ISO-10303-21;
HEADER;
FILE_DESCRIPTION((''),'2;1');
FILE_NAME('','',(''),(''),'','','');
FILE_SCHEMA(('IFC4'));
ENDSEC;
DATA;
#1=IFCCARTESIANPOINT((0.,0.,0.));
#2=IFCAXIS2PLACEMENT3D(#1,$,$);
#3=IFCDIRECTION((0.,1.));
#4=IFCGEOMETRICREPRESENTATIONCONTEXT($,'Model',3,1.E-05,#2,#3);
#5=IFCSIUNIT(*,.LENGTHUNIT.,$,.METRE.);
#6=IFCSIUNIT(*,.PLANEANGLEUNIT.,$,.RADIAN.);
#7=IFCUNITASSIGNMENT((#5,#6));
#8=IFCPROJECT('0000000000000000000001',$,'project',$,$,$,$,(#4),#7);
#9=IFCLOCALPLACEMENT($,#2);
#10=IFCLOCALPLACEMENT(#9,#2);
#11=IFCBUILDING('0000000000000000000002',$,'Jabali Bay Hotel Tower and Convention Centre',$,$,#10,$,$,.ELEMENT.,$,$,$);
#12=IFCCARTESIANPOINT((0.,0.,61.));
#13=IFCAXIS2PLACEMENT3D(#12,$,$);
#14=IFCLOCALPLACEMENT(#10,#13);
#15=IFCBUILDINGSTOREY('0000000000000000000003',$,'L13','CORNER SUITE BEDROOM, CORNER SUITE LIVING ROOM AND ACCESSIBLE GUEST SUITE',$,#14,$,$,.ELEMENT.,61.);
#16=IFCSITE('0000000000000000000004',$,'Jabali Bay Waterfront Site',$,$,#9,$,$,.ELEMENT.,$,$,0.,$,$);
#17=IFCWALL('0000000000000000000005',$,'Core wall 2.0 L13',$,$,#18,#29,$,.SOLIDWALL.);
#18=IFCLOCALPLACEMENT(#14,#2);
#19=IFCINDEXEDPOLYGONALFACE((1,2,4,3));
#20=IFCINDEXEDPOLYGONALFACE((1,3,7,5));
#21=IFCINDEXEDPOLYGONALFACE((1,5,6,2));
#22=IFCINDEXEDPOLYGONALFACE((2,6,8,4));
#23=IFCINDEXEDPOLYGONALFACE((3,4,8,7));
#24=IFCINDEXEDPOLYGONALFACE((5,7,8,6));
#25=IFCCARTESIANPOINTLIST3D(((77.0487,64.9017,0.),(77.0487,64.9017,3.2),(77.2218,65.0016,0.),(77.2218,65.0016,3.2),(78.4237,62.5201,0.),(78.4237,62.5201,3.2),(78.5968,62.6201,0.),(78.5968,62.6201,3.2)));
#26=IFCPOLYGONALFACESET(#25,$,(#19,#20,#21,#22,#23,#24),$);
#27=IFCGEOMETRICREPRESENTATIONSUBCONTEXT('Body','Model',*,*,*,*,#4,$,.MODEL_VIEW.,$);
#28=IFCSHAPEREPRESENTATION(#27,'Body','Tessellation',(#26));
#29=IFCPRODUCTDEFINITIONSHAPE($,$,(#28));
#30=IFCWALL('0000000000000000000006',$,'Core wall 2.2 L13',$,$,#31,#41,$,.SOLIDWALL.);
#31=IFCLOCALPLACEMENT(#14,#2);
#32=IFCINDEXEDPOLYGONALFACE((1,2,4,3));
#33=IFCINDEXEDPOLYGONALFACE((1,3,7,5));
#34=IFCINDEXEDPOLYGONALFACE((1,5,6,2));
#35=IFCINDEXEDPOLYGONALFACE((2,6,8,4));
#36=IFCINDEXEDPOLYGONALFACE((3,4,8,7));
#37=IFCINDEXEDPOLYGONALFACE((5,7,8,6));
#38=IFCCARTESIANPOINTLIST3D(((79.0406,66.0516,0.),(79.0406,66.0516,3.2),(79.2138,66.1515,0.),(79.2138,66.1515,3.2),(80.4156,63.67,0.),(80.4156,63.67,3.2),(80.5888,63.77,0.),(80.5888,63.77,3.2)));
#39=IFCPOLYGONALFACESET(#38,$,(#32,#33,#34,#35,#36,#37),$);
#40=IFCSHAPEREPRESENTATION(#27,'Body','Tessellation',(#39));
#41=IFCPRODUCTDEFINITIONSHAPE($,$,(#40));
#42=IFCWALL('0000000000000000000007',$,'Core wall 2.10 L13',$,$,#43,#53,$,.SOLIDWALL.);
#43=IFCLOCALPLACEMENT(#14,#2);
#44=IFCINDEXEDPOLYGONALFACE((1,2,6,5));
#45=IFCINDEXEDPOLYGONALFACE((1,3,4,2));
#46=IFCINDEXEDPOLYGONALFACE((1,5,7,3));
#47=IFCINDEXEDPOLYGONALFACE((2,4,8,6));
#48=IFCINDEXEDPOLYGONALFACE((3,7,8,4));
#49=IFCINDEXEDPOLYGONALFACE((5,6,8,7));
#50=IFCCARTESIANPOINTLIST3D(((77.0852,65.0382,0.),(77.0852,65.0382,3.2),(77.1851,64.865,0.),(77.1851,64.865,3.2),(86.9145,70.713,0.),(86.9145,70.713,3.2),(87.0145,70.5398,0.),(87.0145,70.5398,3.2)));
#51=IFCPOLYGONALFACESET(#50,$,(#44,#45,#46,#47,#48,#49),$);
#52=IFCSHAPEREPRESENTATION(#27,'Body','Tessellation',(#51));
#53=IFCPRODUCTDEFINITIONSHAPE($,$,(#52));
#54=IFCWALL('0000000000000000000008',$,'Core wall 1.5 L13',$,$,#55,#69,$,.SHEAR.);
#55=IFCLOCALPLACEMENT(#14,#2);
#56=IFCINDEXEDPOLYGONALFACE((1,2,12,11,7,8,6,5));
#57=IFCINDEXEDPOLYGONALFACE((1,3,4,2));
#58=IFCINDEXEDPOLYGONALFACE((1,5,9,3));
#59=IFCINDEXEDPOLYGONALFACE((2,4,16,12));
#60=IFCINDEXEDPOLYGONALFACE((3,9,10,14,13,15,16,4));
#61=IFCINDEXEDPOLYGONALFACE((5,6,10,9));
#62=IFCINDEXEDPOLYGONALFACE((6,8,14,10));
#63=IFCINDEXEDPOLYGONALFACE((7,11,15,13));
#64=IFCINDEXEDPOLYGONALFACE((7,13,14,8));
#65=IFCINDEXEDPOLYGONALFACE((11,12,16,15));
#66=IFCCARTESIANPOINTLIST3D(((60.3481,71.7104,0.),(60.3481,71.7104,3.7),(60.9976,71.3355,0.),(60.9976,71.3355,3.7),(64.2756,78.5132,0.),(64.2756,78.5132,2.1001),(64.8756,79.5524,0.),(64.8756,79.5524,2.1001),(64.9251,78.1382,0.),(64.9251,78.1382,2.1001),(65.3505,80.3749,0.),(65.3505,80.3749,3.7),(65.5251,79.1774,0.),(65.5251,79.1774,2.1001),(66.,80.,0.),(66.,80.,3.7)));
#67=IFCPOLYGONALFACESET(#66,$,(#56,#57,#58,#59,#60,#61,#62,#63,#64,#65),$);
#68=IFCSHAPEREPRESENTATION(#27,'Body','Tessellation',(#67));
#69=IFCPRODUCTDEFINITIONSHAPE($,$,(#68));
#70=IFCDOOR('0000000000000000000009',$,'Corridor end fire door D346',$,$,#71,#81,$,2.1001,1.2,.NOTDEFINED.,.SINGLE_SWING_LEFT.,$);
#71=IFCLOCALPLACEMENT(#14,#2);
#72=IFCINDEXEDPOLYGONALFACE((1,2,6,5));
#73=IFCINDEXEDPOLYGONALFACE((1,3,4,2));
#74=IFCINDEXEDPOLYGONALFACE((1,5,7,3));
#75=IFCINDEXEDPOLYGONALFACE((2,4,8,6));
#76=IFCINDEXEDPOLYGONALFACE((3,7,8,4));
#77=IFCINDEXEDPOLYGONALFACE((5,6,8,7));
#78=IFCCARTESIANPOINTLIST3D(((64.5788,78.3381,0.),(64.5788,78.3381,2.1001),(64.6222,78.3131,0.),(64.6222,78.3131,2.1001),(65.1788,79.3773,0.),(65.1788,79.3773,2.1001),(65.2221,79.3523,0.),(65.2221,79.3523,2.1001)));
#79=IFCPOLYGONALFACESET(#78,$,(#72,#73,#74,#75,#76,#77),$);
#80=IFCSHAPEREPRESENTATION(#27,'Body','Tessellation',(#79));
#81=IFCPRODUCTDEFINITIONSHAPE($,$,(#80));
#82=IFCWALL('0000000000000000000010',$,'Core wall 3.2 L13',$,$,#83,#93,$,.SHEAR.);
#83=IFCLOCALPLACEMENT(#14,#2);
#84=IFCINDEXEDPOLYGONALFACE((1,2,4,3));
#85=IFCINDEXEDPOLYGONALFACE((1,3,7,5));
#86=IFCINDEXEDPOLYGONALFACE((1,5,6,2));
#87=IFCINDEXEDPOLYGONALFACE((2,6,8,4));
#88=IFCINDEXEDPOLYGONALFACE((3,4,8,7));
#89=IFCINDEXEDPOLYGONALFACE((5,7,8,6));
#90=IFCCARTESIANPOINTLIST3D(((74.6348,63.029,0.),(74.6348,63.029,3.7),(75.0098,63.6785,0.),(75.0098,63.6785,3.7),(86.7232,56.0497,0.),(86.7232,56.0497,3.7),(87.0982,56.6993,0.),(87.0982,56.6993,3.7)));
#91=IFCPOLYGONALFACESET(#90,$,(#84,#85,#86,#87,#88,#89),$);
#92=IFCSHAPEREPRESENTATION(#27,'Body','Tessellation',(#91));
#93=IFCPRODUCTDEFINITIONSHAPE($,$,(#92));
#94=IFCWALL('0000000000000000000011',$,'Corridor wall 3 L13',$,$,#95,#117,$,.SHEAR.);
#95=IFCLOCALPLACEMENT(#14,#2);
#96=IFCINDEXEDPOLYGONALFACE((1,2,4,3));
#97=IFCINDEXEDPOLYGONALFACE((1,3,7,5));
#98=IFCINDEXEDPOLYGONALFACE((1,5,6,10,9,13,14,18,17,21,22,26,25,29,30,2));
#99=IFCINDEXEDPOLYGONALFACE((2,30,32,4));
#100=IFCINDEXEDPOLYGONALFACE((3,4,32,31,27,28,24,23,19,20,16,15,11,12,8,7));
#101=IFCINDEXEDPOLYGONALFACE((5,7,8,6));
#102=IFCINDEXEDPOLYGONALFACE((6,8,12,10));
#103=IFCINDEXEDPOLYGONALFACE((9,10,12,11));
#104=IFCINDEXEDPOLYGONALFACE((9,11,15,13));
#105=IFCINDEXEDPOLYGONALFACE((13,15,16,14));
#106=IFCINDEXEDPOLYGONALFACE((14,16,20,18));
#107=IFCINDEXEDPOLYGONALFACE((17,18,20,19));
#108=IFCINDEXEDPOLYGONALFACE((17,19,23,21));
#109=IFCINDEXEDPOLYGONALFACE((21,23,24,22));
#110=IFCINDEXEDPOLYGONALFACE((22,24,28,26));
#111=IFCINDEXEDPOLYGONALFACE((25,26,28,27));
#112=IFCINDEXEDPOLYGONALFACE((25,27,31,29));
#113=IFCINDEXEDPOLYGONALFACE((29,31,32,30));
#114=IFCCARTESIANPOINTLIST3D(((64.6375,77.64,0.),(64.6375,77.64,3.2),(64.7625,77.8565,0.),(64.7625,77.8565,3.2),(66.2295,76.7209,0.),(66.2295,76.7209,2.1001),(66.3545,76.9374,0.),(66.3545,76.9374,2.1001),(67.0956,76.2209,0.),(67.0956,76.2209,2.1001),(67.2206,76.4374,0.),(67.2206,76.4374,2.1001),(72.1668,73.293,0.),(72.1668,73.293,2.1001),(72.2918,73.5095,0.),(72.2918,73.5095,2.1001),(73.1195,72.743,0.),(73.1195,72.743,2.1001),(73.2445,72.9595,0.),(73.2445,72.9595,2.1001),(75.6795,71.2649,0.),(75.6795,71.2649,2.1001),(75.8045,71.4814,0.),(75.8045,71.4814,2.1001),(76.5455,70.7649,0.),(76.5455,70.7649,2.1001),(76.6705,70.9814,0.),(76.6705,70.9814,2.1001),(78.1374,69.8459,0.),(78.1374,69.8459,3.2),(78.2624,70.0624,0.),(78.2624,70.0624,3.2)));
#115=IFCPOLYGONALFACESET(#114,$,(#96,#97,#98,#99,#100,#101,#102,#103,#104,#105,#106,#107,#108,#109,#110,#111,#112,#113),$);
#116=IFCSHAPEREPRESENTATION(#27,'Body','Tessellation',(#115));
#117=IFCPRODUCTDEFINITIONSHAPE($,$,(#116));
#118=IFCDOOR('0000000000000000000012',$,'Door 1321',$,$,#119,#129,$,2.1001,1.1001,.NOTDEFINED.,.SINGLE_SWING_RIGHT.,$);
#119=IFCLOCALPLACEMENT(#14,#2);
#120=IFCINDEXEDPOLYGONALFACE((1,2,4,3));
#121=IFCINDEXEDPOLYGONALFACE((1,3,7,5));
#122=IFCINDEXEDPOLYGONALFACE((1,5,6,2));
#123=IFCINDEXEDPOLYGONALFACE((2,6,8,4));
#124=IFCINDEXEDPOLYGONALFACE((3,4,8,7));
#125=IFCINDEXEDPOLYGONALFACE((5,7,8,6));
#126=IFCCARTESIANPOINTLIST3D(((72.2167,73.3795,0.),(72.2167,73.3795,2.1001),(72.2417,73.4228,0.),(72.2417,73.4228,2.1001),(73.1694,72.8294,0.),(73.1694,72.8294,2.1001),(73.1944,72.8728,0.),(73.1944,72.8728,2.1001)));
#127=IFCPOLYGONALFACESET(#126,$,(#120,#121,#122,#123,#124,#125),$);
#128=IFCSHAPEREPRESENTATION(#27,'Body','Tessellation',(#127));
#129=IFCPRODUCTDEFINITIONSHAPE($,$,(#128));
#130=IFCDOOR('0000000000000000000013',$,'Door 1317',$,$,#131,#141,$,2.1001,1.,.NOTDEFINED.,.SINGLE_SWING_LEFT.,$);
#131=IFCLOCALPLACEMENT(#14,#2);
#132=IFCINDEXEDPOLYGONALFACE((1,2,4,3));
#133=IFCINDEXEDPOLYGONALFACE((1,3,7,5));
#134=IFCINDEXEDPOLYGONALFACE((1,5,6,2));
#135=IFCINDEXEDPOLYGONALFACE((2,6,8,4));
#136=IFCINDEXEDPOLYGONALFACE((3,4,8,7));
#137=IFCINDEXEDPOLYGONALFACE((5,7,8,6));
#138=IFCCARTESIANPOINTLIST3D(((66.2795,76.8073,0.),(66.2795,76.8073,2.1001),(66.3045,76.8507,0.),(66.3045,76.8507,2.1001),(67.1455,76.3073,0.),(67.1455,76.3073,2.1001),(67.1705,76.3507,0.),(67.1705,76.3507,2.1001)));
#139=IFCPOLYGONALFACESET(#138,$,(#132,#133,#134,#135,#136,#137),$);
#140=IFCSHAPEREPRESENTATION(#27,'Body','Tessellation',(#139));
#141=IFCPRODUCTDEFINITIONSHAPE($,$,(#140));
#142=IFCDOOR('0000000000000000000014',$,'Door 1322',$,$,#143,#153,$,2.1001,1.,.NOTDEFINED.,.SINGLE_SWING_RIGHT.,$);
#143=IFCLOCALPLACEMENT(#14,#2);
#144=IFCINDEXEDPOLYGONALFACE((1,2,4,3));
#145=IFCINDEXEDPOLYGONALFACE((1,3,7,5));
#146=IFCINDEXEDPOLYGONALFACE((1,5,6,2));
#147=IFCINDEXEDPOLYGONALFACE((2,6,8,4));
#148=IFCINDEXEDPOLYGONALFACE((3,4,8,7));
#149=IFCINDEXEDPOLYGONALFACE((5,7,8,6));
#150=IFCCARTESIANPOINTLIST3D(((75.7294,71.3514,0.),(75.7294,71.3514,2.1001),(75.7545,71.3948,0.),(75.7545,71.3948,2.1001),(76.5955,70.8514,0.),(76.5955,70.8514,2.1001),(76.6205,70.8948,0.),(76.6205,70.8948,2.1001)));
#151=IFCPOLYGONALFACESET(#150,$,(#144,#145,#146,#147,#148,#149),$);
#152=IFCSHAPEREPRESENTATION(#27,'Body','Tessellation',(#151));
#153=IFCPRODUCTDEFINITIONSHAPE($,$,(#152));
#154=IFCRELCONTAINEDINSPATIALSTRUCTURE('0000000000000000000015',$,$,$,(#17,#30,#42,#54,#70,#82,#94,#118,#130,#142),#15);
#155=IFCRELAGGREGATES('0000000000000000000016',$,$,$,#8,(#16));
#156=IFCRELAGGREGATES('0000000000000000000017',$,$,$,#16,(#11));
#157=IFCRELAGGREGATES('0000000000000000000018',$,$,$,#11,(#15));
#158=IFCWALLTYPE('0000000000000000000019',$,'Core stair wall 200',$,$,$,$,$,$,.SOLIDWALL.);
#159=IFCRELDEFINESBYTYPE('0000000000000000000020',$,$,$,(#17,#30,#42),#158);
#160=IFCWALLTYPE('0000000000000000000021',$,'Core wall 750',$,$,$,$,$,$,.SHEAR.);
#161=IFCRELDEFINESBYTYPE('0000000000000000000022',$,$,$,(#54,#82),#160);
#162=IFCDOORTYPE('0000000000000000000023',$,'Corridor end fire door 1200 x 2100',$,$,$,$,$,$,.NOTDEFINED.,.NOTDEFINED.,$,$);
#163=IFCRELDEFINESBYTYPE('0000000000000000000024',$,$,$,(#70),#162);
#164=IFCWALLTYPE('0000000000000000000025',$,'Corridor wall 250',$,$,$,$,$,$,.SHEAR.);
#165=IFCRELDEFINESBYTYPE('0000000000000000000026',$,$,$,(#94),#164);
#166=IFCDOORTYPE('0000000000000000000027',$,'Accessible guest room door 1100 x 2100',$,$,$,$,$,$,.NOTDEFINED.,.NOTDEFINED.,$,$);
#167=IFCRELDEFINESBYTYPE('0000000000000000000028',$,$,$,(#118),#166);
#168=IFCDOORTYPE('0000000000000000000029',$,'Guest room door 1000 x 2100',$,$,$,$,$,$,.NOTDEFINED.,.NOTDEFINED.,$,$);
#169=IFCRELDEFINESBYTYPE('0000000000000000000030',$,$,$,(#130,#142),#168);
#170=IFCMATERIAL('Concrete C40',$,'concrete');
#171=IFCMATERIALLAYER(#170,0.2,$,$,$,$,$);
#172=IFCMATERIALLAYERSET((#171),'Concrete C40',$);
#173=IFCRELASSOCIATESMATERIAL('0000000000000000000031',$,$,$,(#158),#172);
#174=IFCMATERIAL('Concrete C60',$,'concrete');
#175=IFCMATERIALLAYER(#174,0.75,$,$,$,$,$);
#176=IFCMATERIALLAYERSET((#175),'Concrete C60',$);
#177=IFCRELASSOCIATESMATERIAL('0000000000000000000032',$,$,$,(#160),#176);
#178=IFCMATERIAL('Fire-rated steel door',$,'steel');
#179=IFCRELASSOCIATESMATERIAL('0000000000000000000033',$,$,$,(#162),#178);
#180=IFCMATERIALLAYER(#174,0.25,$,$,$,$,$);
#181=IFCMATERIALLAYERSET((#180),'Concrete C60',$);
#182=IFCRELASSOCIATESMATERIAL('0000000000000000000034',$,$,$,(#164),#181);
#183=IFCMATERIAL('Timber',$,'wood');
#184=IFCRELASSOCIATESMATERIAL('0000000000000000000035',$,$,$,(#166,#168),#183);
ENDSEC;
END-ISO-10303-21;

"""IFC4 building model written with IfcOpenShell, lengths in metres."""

from ifc_helpers import new_model, si_unit, direction, frame, frame_2d, origin, place, context, subcontext, project, spatial, rectangle, extrude, material, layer, layer_set, type_object, element, fill, save


model = new_model("IFC4")

# Units and contexts
model_context = context("Model", 3, precision=1e-05, world=origin(), true_north=direction((0.0, 1.0)))
body_context = subcontext(model_context, "Body", "Model", "MODEL_VIEW")
ifc_project = project(units=[si_unit("LENGTHUNIT", "METRE"), si_unit("PLANEANGLEUNIT", "RADIAN")], contexts=[model_context])

# Site, building, storey
site_placement = place(None, origin())
site = spatial("IfcSite", under=ifc_project, at=site_placement, Name="Jabali Bay Waterfront Site", CompositionType="ELEMENT", RefElevation=0.0)
building_placement = place(site_placement, origin())
building = spatial("IfcBuilding", under=site, at=building_placement, Name="Jabali Bay Hotel Tower and Convention Centre", CompositionType="ELEMENT")
storey_placement = place(building_placement, frame((0.0, 0.0, 61.0)))
storey = spatial("IfcBuildingStorey", under=building, at=storey_placement, Name="L13", Description="CORNER SUITE BEDROOM, CORNER SUITE LIVING ROOM AND ACCESSIBLE GUEST SUITE", CompositionType="ELEMENT", Elevation=61.0)

# Shared definitions
ifc_material_1 = material(Name="Concrete C40", Category="concrete")
ifc_material_2 = material(Name="Fire-rated steel door", Category="steel")

# Shared definitions
ifc_layer_1 = layer(ifc_material_1, 0.2)
ifc_layer_set_1 = layer_set([ifc_layer_1], Name="Concrete C40")
wall_type_1 = type_object("IfcWallType", Name="Core stair wall 200", PredefinedType="SOLIDWALL", material=ifc_layer_set_1)

# Walls
for number, where, z_axis, x_axis, name in (
    (1, (77.1353, 64.9517, 0.0), (0.0, 0.0, 1.0), (0.499997, -0.866027, 0.0), "Core wall 2.0 L13"),
    (2, (79.1272, 66.1016, 0.0), (0.0, 0.0, 1.0), (0.499997, -0.866027, 0.0), "Core wall 2.2 L13"),
):
    element("IfcWall", number, at=place(storey_placement, frame(where, z_axis=z_axis, x_axis=x_axis)), inside=storey, type_object=wall_type_1, Name=name, PredefinedType="SOLIDWALL", context=body_context, shape_type="SweptSolid", body=[
        extrude(rectangle(XDim=2.75, YDim=0.2, at=frame_2d((1.375, 0.0))), origin(), (0.0, 0.0, 1.0), 3.2),
    ])
wall_1_placement = place(storey_placement, frame((77.1353, 64.9517, 0.0), z_axis=(0.0, 0.0, 1.0), x_axis=(0.866032, 0.499989, 0.0)))
element("IfcWall", 3, at=wall_1_placement, inside=storey, type_object=wall_type_1, Name="Core wall 2.10 L13", PredefinedType="SOLIDWALL", context=body_context, shape_type="SweptSolid", body=[
    extrude(rectangle(XDim=11.3499, YDim=0.2, at=frame_2d((5.6748, 0.0))), origin(), (0.0, 0.0, 1.0), 3.2),
])

# Wall, opening, door
ifc_material_3 = material(Name="Concrete C60", Category="concrete")
ifc_layer_2 = layer(ifc_material_3, 0.75)
ifc_layer_set_2 = layer_set([ifc_layer_2], Name="Concrete C60")
wall_type_2 = type_object("IfcWallType", Name="Core wall 750", PredefinedType="SHEAR", material=ifc_layer_set_2)
wall_2_placement = place(storey_placement, frame((60.6729, 71.5229, 0.0), z_axis=(0.0, 0.0, 1.0), x_axis=(0.499997, 0.866027, 0.0)))
wall_2 = element("IfcWall", 4, at=wall_2_placement, inside=storey, type_object=wall_type_2, Name="Core wall 1.5 L13", PredefinedType="SHEAR", context=body_context, shape_type="SweptSolid", body=[
    extrude(rectangle(XDim=10.0049, YDim=0.75, at=frame_2d((5.0024, 0.0))), origin(), (0.0, 0.0, 1.0), 3.7),
])
opening_1_placement = place(wall_2_placement, frame((7.855, 0.0, 0.0)))
opening_1 = element("IfcOpeningElement", 5, at=opening_1_placement, cuts=wall_2, PredefinedType="OPENING", context=body_context, shape_type="SweptSolid", body=[
    extrude(rectangle(XDim=1.2, YDim=2.1001, at=frame_2d((0.6001, 1.05))), frame((0.0, 0.3855, 0.0), z_axis=(0.0, -1.0, 0.0), x_axis=(1.0, 0.0, 0.0)), (0.0, 0.0, 1.0), 0.771),
])
door_type_1 = type_object("IfcDoorType", Name="Corridor end fire door 1200 x 2100", OperationType="NOTDEFINED", PredefinedType="NOTDEFINED", material=ifc_material_2)
door_1_placement = place(opening_1_placement, origin())
door_1 = element("IfcDoor", 6, at=door_1_placement, inside=storey, type_object=door_type_1, Name="Corridor end fire door D346", OperationType="SINGLE_SWING_LEFT", OverallHeight=2.1001, OverallWidth=1.2, PredefinedType="NOTDEFINED", context=body_context, shape_type="SweptSolid", body=[
    extrude(rectangle(XDim=1.2, YDim=2.1001, at=frame_2d((0.6001, 1.05))), frame((0.0, 0.0249, 0.0), z_axis=(0.0, -1.0, 0.0), x_axis=(1.0, 0.0, 0.0)), (0.0, 0.0, 1.0), 0.05),
])
fill(opening_1, door_1)

# Wall
wall_3_placement = place(storey_placement, frame((74.8223, 63.3538, 0.0), z_axis=(0.0, 0.0, 1.0), x_axis=(0.866025, -0.500001, 0.0)))
element("IfcWall", 7, at=wall_3_placement, inside=storey, type_object=wall_type_2, Name="Core wall 3.2 L13", PredefinedType="SHEAR", context=body_context, shape_type="SweptSolid", body=[
    extrude(rectangle(XDim=13.9585, YDim=0.75, at=frame_2d((6.9792, 0.0))), origin(), (0.0, 0.0, 1.0), 3.7),
])

# Wall, openings, doors
ifc_layer_3 = layer(ifc_material_3, 0.25)
ifc_layer_set_3 = layer_set([ifc_layer_3], Name="Concrete C60")
wall_type_3 = type_object("IfcWallType", Name="Corridor wall 250", PredefinedType="SHEAR", material=ifc_layer_set_3)
wall_4_placement = place(storey_placement, frame((64.7, 77.7483, 0.0), z_axis=(0.0, 0.0, 1.0), x_axis=(0.866026, -0.499998, 0.0)))
wall_4 = element("IfcWall", 8, at=wall_4_placement, inside=storey, type_object=wall_type_3, Name="Corridor wall 3 L13", PredefinedType="SHEAR", context=body_context, shape_type="SweptSolid", body=[
    extrude(rectangle(XDim=15.5884, YDim=0.25, at=frame_2d((7.7942, 0.0))), origin(), (0.0, 0.0, 1.0), 3.2),
])
opening_2_placement = place(wall_4_placement, frame((1.8384, 0.0, 0.0)))
opening_2 = element("IfcOpeningElement", 9, at=opening_2_placement, cuts=wall_4, PredefinedType="OPENING", context=body_context, shape_type="SweptSolid", body=[
    extrude(rectangle(XDim=1.0, YDim=2.1001, at=frame_2d((0.5, 1.05))), frame((0.0, 0.1355, 0.0), z_axis=(0.0, -1.0, 0.0), x_axis=(1.0, 0.0, 0.0)), (0.0, 0.0, 1.0), 0.271),
])
opening_3_placement = place(wall_4_placement, frame((8.6941, 0.0, 0.0)))
opening_3 = element("IfcOpeningElement", 10, at=opening_3_placement, cuts=wall_4, PredefinedType="OPENING", context=body_context, shape_type="SweptSolid", body=[
    extrude(rectangle(XDim=1.1001, YDim=2.1001, at=frame_2d((0.55, 1.05))), frame((0.0, 0.1355, 0.0), z_axis=(0.0, -1.0, 0.0), x_axis=(1.0, 0.0, 0.0)), (0.0, 0.0, 1.0), 0.271),
])
opening_4_placement = place(wall_4_placement, frame((12.7502, 0.0, 0.0)))
opening_4 = element("IfcOpeningElement", 11, at=opening_4_placement, cuts=wall_4, PredefinedType="OPENING", context=body_context, shape_type="SweptSolid", body=[
    extrude(rectangle(XDim=1.0, YDim=2.1001, at=frame_2d((0.5, 1.05))), frame((0.0, 0.1355, 0.0), z_axis=(0.0, -1.0, 0.0), x_axis=(1.0, 0.0, 0.0)), (0.0, 0.0, 1.0), 0.271),
])
ifc_material_4 = material(Name="Timber", Category="wood")
door_type_2 = type_object("IfcDoorType", Name="Accessible guest room door 1100 x 2100", OperationType="NOTDEFINED", PredefinedType="NOTDEFINED", material=ifc_material_4)
door_2_placement = place(opening_3_placement, origin())
door_2 = element("IfcDoor", 12, at=door_2_placement, inside=storey, type_object=door_type_2, Name="Door 1321", OperationType="SINGLE_SWING_RIGHT", OverallHeight=2.1001, OverallWidth=1.1001, PredefinedType="NOTDEFINED", context=body_context, shape_type="SweptSolid", body=[
    extrude(rectangle(XDim=1.1001, YDim=2.1001, at=frame_2d((0.55, 1.05))), frame((0.0, 0.0249, 0.0), z_axis=(0.0, -1.0, 0.0), x_axis=(1.0, 0.0, 0.0)), (0.0, 0.0, 1.0), 0.05),
])
fill(opening_3, door_2)
door_type_3 = type_object("IfcDoorType", Name="Guest room door 1000 x 2100", OperationType="NOTDEFINED", PredefinedType="NOTDEFINED", material=ifc_material_4)
door_3_placement = place(opening_2_placement, origin())
door_3 = element("IfcDoor", 13, at=door_3_placement, inside=storey, type_object=door_type_3, Name="Door 1317", OperationType="SINGLE_SWING_LEFT", OverallHeight=2.1001, OverallWidth=1.0, PredefinedType="NOTDEFINED", context=body_context, shape_type="SweptSolid", body=[
    extrude(rectangle(XDim=1.0, YDim=2.1001, at=frame_2d((0.5, 1.05))), frame((0.0, 0.0249, 0.0), z_axis=(0.0, -1.0, 0.0), x_axis=(1.0, 0.0, 0.0)), (0.0, 0.0, 1.0), 0.05),
])
fill(opening_2, door_3)
door_4_placement = place(opening_4_placement, origin())
door_4 = element("IfcDoor", 14, at=door_4_placement, inside=storey, type_object=door_type_3, Name="Door 1322", OperationType="SINGLE_SWING_RIGHT", OverallHeight=2.1001, OverallWidth=1.0, PredefinedType="NOTDEFINED", context=body_context, shape_type="SweptSolid", body=[
    extrude(rectangle(XDim=1.0, YDim=2.1001, at=frame_2d((0.5, 1.05))), frame((0.0, 0.0249, 0.0), z_axis=(0.0, -1.0, 0.0), x_axis=(1.0, 0.0, 0.0)), (0.0, 0.0, 1.0), 0.05),
])
fill(opening_4, door_4)

save(model, "model.ifc")
